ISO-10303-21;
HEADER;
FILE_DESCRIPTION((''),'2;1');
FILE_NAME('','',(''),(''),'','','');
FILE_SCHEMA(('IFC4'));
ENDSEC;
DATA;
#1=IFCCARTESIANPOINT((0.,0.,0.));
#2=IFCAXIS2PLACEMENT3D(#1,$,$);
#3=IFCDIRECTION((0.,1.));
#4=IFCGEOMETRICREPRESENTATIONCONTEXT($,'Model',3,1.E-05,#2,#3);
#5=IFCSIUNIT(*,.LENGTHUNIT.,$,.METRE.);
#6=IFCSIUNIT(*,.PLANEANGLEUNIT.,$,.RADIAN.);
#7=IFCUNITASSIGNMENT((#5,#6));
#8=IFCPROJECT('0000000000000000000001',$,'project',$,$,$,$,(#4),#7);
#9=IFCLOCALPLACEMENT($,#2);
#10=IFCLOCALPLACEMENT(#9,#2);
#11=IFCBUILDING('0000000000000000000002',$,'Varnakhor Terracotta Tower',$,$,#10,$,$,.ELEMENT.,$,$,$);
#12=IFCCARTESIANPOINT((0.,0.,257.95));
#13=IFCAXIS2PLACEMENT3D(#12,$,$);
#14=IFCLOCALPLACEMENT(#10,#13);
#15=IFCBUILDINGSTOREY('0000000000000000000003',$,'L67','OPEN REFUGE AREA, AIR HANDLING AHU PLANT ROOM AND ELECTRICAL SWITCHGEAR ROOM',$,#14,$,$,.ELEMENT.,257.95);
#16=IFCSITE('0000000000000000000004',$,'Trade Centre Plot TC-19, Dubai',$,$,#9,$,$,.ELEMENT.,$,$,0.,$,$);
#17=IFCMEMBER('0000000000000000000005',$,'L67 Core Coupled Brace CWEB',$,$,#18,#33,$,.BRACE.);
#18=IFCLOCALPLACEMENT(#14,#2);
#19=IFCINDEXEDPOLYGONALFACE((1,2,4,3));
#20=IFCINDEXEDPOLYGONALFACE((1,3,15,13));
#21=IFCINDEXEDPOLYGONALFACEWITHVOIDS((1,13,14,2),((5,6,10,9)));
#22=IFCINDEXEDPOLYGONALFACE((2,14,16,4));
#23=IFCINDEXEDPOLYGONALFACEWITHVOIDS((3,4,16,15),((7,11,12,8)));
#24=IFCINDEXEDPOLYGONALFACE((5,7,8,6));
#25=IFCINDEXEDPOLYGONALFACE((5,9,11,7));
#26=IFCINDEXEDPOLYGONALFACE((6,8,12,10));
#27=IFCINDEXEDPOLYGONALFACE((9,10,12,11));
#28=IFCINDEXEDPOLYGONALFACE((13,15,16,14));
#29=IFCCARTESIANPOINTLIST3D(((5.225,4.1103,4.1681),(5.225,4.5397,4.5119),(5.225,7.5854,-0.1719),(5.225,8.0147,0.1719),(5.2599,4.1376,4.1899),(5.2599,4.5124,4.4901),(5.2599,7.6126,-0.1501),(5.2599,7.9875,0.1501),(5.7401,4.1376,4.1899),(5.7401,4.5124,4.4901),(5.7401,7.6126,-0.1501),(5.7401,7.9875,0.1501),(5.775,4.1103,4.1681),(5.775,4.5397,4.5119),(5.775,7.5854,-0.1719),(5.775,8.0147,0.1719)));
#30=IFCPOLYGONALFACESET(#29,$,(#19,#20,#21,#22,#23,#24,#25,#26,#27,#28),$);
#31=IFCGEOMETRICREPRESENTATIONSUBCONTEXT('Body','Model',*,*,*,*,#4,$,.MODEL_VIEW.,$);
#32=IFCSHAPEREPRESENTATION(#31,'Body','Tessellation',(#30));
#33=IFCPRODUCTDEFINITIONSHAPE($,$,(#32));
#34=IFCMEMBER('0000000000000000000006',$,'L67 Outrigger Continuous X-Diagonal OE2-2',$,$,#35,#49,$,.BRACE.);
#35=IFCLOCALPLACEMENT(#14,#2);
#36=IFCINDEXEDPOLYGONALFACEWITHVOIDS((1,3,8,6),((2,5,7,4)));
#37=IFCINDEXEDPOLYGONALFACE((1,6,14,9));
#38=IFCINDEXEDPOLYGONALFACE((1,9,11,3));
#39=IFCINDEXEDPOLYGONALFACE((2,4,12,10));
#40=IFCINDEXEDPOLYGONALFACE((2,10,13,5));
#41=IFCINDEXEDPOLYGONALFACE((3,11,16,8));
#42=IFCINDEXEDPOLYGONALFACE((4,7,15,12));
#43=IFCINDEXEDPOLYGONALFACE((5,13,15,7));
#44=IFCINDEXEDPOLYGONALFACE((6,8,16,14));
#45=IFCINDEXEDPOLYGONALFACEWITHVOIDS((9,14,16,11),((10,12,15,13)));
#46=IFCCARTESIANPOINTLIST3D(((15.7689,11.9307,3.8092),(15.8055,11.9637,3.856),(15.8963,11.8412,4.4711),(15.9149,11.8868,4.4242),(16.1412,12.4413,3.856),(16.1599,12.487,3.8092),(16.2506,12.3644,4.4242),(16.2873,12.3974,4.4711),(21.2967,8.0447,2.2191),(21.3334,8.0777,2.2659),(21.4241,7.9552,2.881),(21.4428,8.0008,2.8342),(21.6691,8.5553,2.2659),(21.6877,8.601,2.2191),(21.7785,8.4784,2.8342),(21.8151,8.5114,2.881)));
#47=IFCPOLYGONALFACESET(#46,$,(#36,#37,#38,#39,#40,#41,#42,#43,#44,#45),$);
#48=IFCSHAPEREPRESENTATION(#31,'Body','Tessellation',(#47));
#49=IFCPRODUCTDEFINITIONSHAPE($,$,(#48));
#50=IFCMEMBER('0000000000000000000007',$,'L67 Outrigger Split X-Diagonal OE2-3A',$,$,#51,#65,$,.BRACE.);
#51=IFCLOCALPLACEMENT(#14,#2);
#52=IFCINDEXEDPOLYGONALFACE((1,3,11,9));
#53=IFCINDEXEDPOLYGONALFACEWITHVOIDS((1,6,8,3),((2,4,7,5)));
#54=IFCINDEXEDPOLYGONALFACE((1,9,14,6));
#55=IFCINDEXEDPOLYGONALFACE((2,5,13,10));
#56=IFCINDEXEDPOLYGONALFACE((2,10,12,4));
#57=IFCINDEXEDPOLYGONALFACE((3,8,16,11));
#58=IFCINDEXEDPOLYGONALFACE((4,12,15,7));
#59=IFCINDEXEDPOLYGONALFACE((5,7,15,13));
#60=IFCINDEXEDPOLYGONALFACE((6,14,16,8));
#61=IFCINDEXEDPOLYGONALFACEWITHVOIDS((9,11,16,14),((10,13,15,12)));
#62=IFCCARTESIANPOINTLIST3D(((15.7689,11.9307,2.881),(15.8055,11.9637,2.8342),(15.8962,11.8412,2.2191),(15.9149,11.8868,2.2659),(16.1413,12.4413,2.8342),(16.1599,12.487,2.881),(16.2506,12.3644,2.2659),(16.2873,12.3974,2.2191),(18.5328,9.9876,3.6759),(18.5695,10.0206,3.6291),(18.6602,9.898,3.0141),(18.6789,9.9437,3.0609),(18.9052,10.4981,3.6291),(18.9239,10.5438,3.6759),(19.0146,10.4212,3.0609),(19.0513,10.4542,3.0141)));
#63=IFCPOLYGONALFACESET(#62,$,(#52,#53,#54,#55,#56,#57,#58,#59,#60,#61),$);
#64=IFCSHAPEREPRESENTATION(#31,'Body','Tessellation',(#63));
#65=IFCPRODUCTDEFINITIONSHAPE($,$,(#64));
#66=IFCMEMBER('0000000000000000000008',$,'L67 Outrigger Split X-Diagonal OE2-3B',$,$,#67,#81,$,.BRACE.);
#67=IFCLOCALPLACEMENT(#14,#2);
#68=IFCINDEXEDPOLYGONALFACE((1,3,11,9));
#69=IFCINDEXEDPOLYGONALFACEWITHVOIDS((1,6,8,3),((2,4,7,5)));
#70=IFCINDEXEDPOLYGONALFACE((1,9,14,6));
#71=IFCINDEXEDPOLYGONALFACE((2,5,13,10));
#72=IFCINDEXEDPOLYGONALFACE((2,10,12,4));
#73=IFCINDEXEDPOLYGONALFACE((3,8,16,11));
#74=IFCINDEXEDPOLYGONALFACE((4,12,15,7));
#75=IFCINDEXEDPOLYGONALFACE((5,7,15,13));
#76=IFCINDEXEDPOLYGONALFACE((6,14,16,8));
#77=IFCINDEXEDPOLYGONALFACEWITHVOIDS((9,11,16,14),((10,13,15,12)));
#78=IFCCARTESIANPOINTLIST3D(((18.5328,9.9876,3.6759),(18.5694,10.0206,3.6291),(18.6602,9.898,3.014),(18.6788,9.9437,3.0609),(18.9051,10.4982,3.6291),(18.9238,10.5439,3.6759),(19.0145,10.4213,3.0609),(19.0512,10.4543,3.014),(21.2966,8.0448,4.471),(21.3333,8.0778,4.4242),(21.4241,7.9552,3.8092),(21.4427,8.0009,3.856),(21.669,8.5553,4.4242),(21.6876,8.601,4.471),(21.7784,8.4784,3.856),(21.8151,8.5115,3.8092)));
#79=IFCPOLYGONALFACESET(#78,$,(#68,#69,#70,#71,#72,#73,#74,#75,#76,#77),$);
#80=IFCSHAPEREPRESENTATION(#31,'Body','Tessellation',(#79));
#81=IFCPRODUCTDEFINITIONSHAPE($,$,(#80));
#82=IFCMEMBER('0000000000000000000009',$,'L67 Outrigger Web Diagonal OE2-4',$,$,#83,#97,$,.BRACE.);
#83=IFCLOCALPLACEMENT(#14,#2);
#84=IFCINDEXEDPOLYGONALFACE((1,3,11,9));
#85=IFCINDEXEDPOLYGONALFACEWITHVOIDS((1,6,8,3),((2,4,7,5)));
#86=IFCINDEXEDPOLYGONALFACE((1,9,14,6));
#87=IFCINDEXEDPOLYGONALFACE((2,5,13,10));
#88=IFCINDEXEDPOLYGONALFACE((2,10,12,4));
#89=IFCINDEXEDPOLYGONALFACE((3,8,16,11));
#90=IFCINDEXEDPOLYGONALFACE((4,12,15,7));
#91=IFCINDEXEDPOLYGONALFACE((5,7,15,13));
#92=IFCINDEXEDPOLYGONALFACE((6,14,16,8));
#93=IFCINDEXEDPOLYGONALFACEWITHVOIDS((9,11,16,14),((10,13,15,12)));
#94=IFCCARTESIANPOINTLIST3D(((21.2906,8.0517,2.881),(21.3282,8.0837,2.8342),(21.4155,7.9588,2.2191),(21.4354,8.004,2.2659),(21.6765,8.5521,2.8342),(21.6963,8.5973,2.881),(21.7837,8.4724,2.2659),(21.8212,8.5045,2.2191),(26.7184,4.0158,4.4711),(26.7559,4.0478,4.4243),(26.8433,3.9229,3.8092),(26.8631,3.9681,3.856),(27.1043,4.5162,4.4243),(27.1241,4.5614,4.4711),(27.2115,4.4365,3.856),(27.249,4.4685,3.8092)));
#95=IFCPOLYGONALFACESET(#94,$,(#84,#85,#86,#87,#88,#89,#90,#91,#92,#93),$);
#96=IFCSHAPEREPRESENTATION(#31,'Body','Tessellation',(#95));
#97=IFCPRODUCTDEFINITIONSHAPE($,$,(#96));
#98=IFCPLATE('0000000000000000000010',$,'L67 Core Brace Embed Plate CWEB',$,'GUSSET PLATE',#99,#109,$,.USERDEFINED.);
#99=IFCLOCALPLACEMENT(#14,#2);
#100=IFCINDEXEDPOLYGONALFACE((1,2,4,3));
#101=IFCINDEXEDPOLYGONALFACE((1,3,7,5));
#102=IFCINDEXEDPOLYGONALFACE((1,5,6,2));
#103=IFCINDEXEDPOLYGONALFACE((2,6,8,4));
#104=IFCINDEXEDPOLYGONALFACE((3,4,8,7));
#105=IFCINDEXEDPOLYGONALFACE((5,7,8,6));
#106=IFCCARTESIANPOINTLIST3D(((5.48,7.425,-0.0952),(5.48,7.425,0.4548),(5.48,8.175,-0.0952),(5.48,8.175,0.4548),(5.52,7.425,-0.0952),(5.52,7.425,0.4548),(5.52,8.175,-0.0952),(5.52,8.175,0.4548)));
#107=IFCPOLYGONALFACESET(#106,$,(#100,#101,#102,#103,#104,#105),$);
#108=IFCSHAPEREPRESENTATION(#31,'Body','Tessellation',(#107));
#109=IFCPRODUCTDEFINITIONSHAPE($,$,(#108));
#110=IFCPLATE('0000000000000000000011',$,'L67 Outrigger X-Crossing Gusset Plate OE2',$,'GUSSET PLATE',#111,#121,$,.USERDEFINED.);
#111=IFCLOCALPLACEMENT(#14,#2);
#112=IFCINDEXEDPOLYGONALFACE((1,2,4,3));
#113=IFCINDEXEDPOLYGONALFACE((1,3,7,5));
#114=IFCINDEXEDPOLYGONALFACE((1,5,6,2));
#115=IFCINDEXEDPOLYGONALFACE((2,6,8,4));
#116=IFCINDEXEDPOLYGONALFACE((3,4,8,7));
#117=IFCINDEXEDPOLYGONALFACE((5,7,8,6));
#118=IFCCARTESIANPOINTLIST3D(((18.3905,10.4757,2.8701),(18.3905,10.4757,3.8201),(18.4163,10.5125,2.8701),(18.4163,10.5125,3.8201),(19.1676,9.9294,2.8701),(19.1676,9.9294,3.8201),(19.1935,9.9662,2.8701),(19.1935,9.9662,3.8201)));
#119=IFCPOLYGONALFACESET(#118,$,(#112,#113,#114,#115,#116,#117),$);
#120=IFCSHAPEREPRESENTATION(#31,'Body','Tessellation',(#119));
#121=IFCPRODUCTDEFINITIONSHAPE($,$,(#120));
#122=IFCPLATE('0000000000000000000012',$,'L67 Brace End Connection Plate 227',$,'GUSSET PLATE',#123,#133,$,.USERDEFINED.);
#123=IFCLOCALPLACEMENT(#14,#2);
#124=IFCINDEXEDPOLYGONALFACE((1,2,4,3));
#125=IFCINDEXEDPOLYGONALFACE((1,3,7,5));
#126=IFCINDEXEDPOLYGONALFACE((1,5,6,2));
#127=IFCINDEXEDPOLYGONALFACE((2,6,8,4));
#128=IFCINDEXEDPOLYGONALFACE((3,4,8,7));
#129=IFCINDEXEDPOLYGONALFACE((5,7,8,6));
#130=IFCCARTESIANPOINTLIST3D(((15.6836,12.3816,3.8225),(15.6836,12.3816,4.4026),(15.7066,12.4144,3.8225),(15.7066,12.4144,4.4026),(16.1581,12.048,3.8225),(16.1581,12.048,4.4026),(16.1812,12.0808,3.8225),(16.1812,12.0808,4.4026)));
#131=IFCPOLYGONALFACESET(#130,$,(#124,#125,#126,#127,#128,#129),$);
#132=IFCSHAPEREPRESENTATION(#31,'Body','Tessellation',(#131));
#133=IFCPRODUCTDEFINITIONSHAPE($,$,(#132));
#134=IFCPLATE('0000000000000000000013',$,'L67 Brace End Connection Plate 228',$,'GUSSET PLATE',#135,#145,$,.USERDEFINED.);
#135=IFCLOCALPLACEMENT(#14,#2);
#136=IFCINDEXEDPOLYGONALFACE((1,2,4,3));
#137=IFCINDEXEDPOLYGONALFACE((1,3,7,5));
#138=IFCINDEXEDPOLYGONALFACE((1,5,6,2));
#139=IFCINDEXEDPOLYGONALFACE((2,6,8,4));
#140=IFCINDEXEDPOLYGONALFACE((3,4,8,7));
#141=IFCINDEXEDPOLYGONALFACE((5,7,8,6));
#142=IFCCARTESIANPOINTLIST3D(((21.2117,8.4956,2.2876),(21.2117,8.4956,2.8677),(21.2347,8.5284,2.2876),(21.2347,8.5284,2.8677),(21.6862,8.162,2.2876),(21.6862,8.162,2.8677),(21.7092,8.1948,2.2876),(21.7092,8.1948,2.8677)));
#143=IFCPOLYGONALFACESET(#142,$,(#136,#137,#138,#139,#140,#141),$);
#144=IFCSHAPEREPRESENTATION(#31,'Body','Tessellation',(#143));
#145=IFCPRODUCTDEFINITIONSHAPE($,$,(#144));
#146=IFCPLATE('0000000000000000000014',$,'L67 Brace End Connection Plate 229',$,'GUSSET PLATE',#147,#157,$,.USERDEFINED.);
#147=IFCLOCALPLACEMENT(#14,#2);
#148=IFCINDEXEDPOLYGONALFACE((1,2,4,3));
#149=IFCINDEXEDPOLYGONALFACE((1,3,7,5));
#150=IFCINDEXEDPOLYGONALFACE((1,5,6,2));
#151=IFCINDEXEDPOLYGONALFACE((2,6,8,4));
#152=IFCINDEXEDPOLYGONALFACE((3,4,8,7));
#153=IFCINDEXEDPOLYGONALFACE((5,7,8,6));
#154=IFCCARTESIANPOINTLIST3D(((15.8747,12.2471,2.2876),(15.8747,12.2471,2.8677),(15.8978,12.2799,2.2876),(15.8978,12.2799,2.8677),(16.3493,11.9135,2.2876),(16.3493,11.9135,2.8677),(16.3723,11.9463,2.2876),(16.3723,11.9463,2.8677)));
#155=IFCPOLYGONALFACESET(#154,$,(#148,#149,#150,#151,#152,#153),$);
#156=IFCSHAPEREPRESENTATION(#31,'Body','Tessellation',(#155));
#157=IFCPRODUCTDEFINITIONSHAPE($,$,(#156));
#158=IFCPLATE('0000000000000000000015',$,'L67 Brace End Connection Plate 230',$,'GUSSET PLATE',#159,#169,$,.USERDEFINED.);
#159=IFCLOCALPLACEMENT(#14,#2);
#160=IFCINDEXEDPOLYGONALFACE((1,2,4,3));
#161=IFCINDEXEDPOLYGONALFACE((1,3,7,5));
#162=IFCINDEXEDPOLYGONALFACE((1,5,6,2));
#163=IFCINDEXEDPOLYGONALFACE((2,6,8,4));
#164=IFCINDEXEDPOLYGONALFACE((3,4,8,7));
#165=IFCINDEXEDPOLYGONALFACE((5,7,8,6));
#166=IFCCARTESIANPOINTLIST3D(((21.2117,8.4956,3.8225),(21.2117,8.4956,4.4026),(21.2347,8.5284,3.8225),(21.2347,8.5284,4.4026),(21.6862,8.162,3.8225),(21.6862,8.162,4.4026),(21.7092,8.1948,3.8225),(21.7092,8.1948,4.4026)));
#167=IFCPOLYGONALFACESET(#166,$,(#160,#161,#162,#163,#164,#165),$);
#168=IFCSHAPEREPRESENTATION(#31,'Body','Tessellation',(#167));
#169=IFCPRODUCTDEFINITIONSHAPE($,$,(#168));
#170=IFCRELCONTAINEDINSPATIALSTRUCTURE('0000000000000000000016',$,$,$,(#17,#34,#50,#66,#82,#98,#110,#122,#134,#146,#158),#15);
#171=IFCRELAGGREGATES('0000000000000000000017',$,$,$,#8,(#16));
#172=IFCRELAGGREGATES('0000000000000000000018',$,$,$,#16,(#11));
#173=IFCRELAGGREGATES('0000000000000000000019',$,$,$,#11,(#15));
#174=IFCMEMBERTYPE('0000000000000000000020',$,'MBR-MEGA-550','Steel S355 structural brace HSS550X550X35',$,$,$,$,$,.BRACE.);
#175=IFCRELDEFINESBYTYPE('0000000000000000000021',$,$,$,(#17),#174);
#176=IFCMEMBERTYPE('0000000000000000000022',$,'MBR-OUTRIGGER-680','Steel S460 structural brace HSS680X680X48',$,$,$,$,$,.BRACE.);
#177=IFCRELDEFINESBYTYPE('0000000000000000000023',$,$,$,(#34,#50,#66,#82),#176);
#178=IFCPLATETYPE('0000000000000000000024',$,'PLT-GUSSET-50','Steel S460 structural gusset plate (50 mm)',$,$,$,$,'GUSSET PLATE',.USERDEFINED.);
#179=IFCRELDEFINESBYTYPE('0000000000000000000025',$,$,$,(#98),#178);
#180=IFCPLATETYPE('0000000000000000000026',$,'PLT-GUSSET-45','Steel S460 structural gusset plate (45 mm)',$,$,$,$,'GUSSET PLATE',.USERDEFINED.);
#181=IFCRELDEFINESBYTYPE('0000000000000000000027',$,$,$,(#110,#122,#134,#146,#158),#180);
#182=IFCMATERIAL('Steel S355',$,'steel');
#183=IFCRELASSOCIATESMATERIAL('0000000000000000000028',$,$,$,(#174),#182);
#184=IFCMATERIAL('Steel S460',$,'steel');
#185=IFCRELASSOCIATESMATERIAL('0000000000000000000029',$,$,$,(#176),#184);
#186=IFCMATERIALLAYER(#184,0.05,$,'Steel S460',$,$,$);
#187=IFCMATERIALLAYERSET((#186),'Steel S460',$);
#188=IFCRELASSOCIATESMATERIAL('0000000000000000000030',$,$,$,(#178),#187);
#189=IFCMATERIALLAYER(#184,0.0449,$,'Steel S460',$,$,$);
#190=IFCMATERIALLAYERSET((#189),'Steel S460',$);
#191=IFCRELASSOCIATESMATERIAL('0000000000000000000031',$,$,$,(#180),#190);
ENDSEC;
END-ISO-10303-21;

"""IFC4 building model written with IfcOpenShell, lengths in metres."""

from ifc_helpers import new_model, si_unit, direction, frame, origin, origin_2d, place, context, subcontext, project, spatial, rectangle, hollow_rectangle, extrude, source, transform, mapped, material, layer, layer_set, material_profile, profile_set, type_object, type_shapes, element, save


model = new_model("IFC4")

# Units and contexts
model_context = context("Model", 3, precision=1e-05, world=origin(), true_north=direction((0.0, 1.0)))
body_context = subcontext(model_context, "Body", "Model", "MODEL_VIEW")
ifc_project = project(units=[si_unit("LENGTHUNIT", "METRE"), si_unit("PLANEANGLEUNIT", "RADIAN")], contexts=[model_context])

# Site, building, storey
site_placement = place(None, origin())
site = spatial("IfcSite", under=ifc_project, at=site_placement, Name="Trade Centre Plot TC-19, Dubai", CompositionType="ELEMENT", RefElevation=0.0)
building_placement = place(site_placement, origin())
building = spatial("IfcBuilding", under=site, at=building_placement, Name="Varnakhor Terracotta Tower", CompositionType="ELEMENT")
storey_placement = place(building_placement, frame((0.0, 0.0, 257.95)))
storey = spatial("IfcBuildingStorey", under=building, at=storey_placement, Name="L67", Description="OPEN REFUGE AREA, AIR HANDLING AHU PLANT ROOM AND ELECTRICAL SWITCHGEAR ROOM", CompositionType="ELEMENT", Elevation=257.95)

# Shared definitions
ifc_material_1 = material(Name="Steel S355", Category="steel")

# Members
ifc_material_profile_1 = material_profile(ifc_material_1, hollow_rectangle(XDim=0.55, YDim=0.55, WallThickness=0.0349, at=origin_2d()), Name="HSS550X550X35")
ifc_profile_set_1 = profile_set([ifc_material_profile_1], Name="Steel S355")
member_type_1 = type_object("IfcMemberType", Name="MBR-MEGA-550", Description="Steel S355 structural brace HSS550X550X35", PredefinedType="BRACE", material=ifc_profile_set_1)
shared_shape_1 = source(origin(), body_context, "Body", "SweptSolid", [
    extrude(hollow_rectangle(XDim=0.55, YDim=0.55, WallThickness=0.0349, at=origin_2d()), origin(), (0.0, 0.0, 1.0), 5.5598),
])
member_1_placement = place(storey_placement, frame((5.5, 7.8, 0.0), z_axis=(0.0, -0.625027, 0.780603), x_axis=(1.0, 0.0, 0.0)))
element("IfcMember", 1, at=member_1_placement, inside=storey, type_object=member_type_1, Name="L67 Core Coupled Brace CWEB", PredefinedType="BRACE", context=body_context, shape_type="MappedRepresentation", body=[
    mapped(shared_shape_1, transform((0.0, 0.0, 0.0), scale=1.0)),
])
ifc_material_2 = material(Name="Steel S460", Category="steel")
ifc_material_profile_2 = material_profile(ifc_material_2, hollow_rectangle(XDim=0.6799, YDim=0.6799, WallThickness=0.0481, at=origin_2d()), Name="HSS680X680X48")
ifc_profile_set_2 = profile_set([ifc_material_profile_2], Name="Steel S460")
member_type_2 = type_object("IfcMemberType", Name="MBR-OUTRIGGER-680", Description="Steel S460 structural brace HSS680X680X48", PredefinedType="BRACE", material=ifc_profile_set_2)
shared_shape_2 = source(origin(), body_context, "Body", "SweptSolid", [
    extrude(hollow_rectangle(XDim=0.6799, YDim=0.6799, WallThickness=0.0481, at=origin_2d()), origin(), (0.0, 0.0, 1.0), 6.9417),
])
member_2_placement = place(storey_placement, frame((16.0281, 12.1641, 4.1401), z_axis=(0.796331, -0.559809, -0.229066), x_axis=(0.5751, 0.818083, 0.0)))
element("IfcMember", 2, at=member_2_placement, inside=storey, type_object=member_type_2, Name="L67 Outrigger Continuous X-Diagonal OE2-2", PredefinedType="BRACE", context=body_context, shape_type="MappedRepresentation", body=[
    mapped(shared_shape_2, transform((0.0, 0.0, 0.0), scale=1.0)),
])
shared_shape_3 = source(origin(), body_context, "Body", "SweptSolid", [
    extrude(hollow_rectangle(XDim=0.6799, YDim=0.6799, WallThickness=0.0481, at=origin_2d()), origin(), (0.0, 0.0, 1.0), 3.4709),
])
member_3_placement = place(storey_placement, frame((16.0281, 12.1641, 2.55), z_axis=(0.796322, -0.559838, 0.229028), x_axis=(0.575125, 0.818066, 0.0)))
element("IfcMember", 3, at=member_3_placement, inside=storey, type_object=member_type_2, Name="L67 Outrigger Split X-Diagonal OE2-3A", PredefinedType="BRACE", context=body_context, shape_type="MappedRepresentation", body=[
    mapped(shared_shape_3, transform((0.0, 0.0, 0.0), scale=1.0)),
])
shared_shape_4 = source(origin(), body_context, "Body", "SweptSolid", [
    extrude(hollow_rectangle(XDim=0.6799, YDim=0.6799, WallThickness=0.0481, at=origin_2d()), origin(), (0.0, 0.0, 1.0), 3.4707),
])
member_4_placement = place(storey_placement, frame((18.792, 10.2209, 3.345), z_axis=(0.79634, -0.55978, 0.229103), x_axis=(0.575076, 0.8181, 0.0)))
element("IfcMember", 4, at=member_4_placement, inside=storey, type_object=member_type_2, Name="L67 Outrigger Split X-Diagonal OE2-3B", PredefinedType="BRACE", context=body_context, shape_type="MappedRepresentation", body=[
    mapped(shared_shape_4, transform((0.0, 0.0, 0.0), scale=1.0)),
])
shared_shape_5 = source(origin(), body_context, "Body", "SweptSolid", [
    extrude(hollow_rectangle(XDim=0.6799, YDim=0.6799, WallThickness=0.0481, at=origin_2d()), origin(), (0.0, 0.0, 1.0), 6.9482),
])
member_5_placement = place(storey_placement, frame((21.5559, 8.2781, 2.55), z_axis=(0.781175, -0.580856, 0.22885), x_axis=(0.596691, 0.802471, 0.0)))
element("IfcMember", 5, at=member_5_placement, inside=storey, type_object=member_type_2, Name="L67 Outrigger Web Diagonal OE2-4", PredefinedType="BRACE", context=body_context, shape_type="MappedRepresentation", body=[
    mapped(shared_shape_5, transform((0.0, 0.0, 0.0), scale=1.0)),
])

# Plates
ifc_layer_1 = layer(ifc_material_2, 0.05, Name="Steel S460")
ifc_layer_set_1 = layer_set([ifc_layer_1], Name="Steel S460")
plate_type_1 = type_object("IfcPlateType", Name="PLT-GUSSET-50", Description="Steel S460 structural gusset plate (50 mm)", ElementType="GUSSET PLATE", PredefinedType="USERDEFINED", material=ifc_layer_set_1)
shared_shape_6 = source(origin(), body_context, "Body", "SweptSolid", [
    extrude(rectangle(XDim=0.75, YDim=0.04, at=origin_2d()), origin(), (0.0, 0.0, 1.0), 0.55),
])
type_shapes(plate_type_1, [shared_shape_6])
plate_1_placement = place(storey_placement, frame((5.5, 7.8, -0.0952), z_axis=(0.0, 0.0, 1.0), x_axis=(0.0, 1.0, 0.0)))
element("IfcPlate", 6, at=plate_1_placement, inside=storey, type_object=plate_type_1, Name="L67 Core Brace Embed Plate CWEB", ObjectType="GUSSET PLATE", PredefinedType="USERDEFINED", context=body_context, shape_type="MappedRepresentation", body=[
    mapped(shared_shape_6, transform((0.0, 0.0, 0.0), scale=1.0)),
])
ifc_layer_2 = layer(ifc_material_2, 0.0449, Name="Steel S460")
ifc_layer_set_2 = layer_set([ifc_layer_2], Name="Steel S460")
plate_type_2 = type_object("IfcPlateType", Name="PLT-GUSSET-45", Description="Steel S460 structural gusset plate (45 mm)", ElementType="GUSSET PLATE", PredefinedType="USERDEFINED", material=ifc_layer_set_2)
shared_shape_7 = source(origin(), body_context, "Body", "SweptSolid", [
    extrude(rectangle(XDim=0.95, YDim=0.0449, at=origin_2d()), origin(), (0.0, 0.0, 1.0), 0.95),
])
type_shapes(plate_type_2, [shared_shape_7])
plate_2_placement = place(storey_placement, frame((18.792, 10.2209, 2.8701), z_axis=(0.0, 0.0, 1.0), x_axis=(0.818089, -0.575091, 0.0)))
element("IfcPlate", 7, at=plate_2_placement, inside=storey, type_object=plate_type_2, Name="L67 Outrigger X-Crossing Gusset Plate OE2", ObjectType="GUSSET PLATE", PredefinedType="USERDEFINED", context=body_context, shape_type="MappedRepresentation", body=[
    mapped(shared_shape_7, transform((0.0, 0.0, 0.0), scale=1.0)),
])
shared_shape_8 = source(origin(), body_context, "Body", "SweptSolid", [
    extrude(rectangle(XDim=0.5801, YDim=0.04, at=origin_2d()), origin(), (0.0, 0.0, 1.0), 0.5801),
])
for number, where, z_axis, x_axis, name in (
    (8, (15.9324, 12.2312, 3.8225), (0.0, 0.0, 1.0), (0.818089, -0.575091, 0.0), "L67 Brace End Connection Plate 227"),
    (9, (21.4604, 8.3452, 2.2876), (0.0, 0.0, 1.0), (0.818089, -0.575091, 0.0), "L67 Brace End Connection Plate 228"),
    (10, (16.1235, 12.0967, 2.2876), (0.0, 0.0, 1.0), (0.818089, -0.575091, 0.0), "L67 Brace End Connection Plate 229"),
    (11, (21.4604, 8.3452, 3.8225), (0.0, 0.0, 1.0), (0.818089, -0.575091, 0.0), "L67 Brace End Connection Plate 230"),
):
    element("IfcPlate", number, at=place(storey_placement, frame(where, z_axis=z_axis, x_axis=x_axis)), inside=storey, type_object=plate_type_2, Name=name, ObjectType="GUSSET PLATE", PredefinedType="USERDEFINED", context=body_context, shape_type="MappedRepresentation", body=[
        mapped(shared_shape_8, transform((0.0, 0.0, 0.0), scale=1.0)),
    ])

save(model, "model.ifc")
